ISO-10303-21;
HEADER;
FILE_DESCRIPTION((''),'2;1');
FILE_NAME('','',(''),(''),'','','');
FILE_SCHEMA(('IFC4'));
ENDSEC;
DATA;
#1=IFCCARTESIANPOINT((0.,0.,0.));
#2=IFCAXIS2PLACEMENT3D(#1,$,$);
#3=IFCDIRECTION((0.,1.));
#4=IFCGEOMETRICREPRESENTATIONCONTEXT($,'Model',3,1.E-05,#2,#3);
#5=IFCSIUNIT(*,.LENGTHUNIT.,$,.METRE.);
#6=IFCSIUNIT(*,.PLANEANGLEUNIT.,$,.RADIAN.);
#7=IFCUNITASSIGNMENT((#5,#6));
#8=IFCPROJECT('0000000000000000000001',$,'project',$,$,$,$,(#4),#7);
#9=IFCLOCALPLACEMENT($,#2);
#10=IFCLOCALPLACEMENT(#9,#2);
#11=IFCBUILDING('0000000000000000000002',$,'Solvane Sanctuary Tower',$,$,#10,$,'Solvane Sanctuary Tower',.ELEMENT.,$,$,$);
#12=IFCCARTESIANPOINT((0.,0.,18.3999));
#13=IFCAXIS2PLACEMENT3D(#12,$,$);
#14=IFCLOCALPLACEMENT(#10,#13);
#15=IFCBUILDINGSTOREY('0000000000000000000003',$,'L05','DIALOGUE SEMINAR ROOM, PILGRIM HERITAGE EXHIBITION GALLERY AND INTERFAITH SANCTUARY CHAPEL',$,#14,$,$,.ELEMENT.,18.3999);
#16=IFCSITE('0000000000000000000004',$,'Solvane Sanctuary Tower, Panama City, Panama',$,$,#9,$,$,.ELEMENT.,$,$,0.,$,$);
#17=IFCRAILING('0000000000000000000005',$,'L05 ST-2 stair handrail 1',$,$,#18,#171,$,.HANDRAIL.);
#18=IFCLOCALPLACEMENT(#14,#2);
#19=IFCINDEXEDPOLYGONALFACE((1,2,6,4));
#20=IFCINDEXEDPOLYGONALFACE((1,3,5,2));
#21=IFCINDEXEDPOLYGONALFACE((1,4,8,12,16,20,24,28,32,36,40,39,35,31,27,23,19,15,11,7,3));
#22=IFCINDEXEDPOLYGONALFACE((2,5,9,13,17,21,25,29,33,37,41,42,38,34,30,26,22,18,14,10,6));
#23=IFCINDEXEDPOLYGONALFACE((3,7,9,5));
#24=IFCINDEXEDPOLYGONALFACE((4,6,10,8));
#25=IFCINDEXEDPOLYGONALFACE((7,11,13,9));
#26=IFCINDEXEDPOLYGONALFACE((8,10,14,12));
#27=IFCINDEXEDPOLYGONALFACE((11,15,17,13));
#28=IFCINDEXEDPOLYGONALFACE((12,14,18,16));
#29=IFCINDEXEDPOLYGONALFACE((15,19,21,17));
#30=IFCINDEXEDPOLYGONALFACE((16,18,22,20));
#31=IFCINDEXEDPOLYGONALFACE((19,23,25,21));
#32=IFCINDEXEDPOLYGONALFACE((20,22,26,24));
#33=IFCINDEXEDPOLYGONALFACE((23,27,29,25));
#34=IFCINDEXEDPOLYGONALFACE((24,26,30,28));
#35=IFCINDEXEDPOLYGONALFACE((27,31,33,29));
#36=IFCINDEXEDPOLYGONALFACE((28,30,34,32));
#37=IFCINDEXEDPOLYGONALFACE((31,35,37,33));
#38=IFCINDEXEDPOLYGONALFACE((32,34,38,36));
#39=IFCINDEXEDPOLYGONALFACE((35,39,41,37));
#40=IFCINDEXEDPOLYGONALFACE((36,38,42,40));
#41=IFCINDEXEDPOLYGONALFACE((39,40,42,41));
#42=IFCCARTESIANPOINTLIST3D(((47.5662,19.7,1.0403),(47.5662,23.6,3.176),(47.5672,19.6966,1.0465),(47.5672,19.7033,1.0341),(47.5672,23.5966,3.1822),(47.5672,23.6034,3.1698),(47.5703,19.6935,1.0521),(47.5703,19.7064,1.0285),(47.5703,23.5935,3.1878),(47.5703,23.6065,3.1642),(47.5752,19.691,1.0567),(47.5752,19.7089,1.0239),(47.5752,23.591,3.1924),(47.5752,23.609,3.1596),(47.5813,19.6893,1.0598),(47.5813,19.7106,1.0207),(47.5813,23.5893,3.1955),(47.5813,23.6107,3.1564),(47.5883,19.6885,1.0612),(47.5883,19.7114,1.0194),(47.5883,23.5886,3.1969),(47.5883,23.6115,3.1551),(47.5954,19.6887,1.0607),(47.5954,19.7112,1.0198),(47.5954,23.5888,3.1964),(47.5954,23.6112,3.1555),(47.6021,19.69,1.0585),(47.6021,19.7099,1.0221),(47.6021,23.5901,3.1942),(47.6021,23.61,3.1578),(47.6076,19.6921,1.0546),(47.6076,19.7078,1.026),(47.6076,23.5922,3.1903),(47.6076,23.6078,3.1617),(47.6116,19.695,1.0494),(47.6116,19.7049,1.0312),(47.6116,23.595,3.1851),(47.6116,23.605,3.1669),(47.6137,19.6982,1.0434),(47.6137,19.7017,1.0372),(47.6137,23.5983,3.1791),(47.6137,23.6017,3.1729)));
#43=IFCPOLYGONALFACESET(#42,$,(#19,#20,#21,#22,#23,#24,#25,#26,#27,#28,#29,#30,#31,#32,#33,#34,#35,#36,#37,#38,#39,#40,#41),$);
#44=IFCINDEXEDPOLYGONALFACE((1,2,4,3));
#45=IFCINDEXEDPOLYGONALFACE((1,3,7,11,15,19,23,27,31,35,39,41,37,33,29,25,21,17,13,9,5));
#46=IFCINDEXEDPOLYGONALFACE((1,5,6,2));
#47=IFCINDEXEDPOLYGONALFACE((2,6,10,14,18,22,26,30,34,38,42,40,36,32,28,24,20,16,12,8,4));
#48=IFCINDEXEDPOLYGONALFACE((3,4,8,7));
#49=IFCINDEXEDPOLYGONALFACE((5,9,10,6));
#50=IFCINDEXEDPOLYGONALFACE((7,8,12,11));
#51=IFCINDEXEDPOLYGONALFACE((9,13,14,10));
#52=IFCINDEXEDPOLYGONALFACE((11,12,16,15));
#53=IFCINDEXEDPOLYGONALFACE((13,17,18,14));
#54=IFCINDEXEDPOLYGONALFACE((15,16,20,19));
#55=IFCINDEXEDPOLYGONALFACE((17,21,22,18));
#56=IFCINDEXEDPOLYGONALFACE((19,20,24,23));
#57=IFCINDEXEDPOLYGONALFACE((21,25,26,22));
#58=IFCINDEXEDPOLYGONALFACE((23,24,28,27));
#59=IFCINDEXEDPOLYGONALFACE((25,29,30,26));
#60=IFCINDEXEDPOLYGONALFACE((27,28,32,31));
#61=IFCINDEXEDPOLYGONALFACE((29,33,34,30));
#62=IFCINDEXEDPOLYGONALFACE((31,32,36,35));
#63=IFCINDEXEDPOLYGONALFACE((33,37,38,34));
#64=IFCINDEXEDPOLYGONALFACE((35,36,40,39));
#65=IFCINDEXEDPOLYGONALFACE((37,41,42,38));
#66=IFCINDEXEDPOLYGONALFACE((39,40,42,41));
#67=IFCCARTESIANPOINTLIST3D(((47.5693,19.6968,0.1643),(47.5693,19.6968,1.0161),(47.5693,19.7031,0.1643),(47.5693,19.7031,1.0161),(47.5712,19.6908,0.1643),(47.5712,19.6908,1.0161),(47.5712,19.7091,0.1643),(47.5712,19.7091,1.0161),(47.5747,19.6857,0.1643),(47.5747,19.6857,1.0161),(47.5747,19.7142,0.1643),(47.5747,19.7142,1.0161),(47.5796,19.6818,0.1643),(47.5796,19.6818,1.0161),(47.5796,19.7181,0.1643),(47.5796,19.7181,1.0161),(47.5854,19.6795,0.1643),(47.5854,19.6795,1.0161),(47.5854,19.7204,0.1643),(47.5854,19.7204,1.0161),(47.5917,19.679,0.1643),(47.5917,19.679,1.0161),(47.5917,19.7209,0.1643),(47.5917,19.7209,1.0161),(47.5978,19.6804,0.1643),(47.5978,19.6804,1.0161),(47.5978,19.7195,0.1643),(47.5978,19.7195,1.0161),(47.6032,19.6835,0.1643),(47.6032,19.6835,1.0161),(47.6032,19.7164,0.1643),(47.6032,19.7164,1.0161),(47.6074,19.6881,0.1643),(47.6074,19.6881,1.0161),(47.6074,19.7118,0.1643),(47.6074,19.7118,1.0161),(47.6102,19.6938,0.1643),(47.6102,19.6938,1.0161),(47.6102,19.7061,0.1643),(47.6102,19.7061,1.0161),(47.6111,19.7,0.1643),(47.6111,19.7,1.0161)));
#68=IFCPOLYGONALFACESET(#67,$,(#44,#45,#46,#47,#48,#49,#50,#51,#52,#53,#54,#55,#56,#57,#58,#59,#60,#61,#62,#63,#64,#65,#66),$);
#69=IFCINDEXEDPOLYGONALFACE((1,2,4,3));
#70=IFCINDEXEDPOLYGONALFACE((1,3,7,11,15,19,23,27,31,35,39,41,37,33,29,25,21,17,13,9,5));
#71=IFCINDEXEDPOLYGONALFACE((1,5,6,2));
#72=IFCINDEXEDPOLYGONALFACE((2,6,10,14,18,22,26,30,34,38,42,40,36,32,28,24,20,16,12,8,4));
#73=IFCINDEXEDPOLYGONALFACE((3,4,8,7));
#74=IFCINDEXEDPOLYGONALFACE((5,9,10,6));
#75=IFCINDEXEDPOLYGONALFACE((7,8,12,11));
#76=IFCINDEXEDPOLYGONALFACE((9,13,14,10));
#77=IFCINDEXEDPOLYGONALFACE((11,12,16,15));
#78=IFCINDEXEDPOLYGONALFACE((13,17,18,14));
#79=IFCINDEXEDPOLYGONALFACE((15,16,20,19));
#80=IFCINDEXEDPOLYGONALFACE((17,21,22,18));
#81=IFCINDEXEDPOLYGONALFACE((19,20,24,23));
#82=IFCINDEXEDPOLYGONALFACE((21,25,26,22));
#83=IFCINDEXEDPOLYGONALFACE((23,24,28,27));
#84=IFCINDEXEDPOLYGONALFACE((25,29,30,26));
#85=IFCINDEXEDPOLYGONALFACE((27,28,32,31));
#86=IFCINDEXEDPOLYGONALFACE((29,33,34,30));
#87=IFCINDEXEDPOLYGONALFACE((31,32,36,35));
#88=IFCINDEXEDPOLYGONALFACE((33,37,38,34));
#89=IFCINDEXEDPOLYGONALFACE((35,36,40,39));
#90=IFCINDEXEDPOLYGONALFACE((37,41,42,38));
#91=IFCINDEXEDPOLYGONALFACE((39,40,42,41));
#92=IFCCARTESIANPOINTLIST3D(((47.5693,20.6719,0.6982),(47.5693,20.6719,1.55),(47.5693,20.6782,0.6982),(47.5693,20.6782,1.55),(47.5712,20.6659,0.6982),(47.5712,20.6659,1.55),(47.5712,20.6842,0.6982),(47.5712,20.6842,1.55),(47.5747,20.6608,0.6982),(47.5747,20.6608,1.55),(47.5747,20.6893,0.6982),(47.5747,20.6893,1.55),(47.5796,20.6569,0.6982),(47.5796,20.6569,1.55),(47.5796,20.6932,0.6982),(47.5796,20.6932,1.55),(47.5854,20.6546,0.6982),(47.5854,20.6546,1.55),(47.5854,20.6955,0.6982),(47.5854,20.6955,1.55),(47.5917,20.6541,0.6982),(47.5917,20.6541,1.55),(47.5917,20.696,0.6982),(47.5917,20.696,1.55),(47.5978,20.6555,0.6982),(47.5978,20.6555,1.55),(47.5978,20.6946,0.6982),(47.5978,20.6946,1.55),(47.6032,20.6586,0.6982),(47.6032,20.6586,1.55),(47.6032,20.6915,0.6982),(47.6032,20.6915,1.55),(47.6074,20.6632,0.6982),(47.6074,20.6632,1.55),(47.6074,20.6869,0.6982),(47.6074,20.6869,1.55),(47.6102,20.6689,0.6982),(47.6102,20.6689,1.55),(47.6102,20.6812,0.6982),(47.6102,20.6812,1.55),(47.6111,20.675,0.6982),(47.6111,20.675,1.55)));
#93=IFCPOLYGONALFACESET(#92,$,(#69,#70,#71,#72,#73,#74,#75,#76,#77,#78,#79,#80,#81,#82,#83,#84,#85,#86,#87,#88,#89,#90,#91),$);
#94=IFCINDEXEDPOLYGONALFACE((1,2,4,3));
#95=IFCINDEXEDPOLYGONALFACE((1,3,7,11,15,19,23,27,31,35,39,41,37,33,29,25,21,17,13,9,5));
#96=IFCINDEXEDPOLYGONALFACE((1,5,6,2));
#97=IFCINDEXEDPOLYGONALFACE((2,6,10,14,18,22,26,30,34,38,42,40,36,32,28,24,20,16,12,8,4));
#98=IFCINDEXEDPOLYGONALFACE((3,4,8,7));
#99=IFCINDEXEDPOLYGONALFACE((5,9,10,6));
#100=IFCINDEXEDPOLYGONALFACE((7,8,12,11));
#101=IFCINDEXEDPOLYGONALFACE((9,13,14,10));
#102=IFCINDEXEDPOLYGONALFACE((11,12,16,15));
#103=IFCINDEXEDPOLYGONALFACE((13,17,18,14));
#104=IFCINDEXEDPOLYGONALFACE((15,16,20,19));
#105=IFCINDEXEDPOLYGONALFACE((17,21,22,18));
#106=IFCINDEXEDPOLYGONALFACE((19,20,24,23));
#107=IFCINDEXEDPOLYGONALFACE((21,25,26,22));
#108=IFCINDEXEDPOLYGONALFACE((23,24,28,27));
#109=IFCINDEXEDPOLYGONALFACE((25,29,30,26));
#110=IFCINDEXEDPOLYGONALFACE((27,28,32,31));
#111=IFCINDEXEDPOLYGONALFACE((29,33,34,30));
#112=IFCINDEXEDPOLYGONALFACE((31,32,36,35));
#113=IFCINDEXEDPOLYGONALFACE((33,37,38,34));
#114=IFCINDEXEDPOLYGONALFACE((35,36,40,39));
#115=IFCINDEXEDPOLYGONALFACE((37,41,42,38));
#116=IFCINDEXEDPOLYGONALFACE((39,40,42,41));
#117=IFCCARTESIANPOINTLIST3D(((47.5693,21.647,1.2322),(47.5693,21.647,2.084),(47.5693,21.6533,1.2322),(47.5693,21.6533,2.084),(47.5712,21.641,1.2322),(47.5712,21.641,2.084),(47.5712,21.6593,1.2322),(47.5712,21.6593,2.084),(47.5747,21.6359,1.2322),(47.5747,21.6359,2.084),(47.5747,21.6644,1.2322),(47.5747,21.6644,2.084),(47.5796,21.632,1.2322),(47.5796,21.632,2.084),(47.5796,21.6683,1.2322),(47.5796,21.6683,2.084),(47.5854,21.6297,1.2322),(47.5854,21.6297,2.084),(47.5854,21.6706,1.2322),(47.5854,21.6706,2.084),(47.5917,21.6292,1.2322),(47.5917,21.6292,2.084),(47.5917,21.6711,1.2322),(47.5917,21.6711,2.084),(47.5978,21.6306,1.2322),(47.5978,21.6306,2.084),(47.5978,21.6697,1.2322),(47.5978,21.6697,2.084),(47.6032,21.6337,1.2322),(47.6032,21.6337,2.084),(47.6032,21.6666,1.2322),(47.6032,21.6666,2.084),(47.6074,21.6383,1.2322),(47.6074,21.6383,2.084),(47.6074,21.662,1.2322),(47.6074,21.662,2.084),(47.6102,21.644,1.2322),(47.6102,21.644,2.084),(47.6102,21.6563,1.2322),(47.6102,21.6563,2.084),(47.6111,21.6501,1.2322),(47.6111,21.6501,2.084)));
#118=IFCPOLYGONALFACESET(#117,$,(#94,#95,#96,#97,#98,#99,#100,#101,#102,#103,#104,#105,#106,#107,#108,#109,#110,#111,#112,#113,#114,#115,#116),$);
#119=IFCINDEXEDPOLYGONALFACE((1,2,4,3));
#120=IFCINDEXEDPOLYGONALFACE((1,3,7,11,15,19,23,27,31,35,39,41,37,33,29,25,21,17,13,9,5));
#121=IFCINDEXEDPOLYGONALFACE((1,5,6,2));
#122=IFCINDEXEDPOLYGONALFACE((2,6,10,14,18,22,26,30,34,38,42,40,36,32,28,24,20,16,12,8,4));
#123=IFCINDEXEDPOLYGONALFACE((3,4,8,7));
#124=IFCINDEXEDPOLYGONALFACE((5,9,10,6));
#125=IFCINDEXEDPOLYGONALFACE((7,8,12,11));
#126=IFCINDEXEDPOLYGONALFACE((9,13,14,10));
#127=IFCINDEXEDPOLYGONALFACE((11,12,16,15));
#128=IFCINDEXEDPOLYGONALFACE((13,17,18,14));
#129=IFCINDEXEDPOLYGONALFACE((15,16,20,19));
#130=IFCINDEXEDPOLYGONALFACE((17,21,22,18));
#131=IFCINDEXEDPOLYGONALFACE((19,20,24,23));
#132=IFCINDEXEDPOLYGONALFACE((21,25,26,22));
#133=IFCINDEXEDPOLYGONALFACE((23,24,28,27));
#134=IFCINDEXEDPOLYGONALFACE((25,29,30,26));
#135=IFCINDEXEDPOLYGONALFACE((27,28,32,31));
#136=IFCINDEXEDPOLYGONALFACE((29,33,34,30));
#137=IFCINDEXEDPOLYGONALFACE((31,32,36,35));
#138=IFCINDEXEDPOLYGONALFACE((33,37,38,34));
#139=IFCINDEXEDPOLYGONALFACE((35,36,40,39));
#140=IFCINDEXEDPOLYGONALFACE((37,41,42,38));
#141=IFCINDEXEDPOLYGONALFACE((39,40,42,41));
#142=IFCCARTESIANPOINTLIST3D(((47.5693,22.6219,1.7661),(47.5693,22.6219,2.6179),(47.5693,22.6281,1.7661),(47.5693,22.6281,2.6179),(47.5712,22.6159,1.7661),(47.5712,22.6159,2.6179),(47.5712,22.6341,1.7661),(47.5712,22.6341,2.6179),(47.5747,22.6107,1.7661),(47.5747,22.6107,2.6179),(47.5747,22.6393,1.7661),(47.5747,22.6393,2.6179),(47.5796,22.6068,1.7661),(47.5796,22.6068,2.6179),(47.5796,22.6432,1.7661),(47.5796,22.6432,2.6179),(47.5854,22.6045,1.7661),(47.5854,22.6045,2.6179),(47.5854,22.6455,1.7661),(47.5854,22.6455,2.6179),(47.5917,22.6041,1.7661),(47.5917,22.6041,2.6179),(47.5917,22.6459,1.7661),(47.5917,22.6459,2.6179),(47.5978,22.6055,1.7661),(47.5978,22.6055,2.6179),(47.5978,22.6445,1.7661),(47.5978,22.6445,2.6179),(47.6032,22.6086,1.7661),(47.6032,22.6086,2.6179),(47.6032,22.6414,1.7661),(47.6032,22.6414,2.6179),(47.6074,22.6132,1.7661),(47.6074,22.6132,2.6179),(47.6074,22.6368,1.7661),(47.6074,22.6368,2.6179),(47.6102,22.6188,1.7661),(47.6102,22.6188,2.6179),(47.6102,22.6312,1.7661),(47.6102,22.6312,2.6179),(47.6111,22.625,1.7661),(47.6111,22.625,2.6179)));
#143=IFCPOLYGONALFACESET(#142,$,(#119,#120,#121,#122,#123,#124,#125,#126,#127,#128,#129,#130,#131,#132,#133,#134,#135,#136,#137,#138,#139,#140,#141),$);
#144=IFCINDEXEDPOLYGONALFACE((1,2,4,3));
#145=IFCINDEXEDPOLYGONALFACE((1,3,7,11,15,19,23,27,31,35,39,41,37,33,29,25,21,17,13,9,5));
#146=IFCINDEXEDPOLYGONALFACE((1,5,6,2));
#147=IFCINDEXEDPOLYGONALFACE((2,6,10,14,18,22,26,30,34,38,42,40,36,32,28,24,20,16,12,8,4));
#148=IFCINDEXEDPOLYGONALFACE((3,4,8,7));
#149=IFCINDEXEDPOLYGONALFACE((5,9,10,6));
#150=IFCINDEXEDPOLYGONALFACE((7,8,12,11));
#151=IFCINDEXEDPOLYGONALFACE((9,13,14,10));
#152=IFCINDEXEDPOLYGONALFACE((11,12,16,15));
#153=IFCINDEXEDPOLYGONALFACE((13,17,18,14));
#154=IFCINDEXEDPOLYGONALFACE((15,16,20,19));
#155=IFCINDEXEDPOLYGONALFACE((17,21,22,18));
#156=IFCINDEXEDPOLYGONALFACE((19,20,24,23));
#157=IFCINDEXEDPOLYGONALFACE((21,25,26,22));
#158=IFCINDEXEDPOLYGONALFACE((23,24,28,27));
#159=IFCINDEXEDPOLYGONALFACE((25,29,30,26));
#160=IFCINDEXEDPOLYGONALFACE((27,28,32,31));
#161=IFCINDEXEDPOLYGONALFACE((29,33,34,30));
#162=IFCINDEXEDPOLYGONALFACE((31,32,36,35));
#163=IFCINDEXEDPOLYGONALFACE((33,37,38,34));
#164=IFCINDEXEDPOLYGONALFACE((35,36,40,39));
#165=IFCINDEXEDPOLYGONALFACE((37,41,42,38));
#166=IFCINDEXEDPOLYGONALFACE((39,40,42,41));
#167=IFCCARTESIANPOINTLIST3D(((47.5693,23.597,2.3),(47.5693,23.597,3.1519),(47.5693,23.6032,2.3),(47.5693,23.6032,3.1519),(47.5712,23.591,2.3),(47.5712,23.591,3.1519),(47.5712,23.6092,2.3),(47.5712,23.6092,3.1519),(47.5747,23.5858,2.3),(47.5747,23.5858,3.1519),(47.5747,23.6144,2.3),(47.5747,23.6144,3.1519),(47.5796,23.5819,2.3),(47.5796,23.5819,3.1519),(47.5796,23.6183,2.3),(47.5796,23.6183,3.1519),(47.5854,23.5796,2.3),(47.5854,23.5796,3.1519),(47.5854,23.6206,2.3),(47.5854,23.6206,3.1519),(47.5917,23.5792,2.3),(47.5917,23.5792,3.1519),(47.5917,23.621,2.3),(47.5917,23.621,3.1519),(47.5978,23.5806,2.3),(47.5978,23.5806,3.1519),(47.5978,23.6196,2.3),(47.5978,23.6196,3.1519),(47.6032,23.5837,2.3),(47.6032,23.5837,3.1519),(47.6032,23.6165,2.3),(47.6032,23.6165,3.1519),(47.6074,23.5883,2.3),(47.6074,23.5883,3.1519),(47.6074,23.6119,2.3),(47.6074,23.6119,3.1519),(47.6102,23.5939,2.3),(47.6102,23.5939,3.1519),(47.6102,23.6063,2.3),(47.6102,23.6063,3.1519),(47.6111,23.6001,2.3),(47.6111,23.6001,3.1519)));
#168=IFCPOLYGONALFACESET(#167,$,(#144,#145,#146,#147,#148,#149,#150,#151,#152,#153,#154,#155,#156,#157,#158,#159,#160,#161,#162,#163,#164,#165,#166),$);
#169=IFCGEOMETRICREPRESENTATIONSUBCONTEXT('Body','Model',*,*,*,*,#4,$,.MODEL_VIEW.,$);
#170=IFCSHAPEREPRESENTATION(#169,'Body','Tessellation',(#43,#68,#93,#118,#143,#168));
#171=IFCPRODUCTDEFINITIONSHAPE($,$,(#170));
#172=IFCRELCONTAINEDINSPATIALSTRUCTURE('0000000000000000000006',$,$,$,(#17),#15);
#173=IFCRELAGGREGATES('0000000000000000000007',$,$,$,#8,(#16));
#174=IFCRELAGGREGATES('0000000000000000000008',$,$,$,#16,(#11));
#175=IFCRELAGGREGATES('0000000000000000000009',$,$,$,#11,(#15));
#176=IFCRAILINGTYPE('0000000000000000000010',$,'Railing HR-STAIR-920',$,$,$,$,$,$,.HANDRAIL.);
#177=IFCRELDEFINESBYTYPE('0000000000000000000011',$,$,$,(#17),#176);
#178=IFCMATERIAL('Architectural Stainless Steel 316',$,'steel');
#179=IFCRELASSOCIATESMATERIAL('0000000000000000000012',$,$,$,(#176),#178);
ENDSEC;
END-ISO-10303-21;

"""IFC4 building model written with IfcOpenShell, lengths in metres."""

from ifc_helpers import new_model, si_unit, direction, frame, origin, origin_2d, place, context, subcontext, project, spatial, circle, extrude, material, type_object, element, save


model = new_model("IFC4")

# Units and contexts
model_context = context("Model", 3, precision=1e-05, world=origin(), true_north=direction((0.0, 1.0)))
body_context = subcontext(model_context, "Body", "Model", "MODEL_VIEW")
ifc_project = project(units=[si_unit("LENGTHUNIT", "METRE"), si_unit("PLANEANGLEUNIT", "RADIAN")], contexts=[model_context])

# Site, building, storey
site_placement = place(None, origin())
site = spatial("IfcSite", under=ifc_project, at=site_placement, Name="Solvane Sanctuary Tower, Panama City, Panama", CompositionType="ELEMENT", RefElevation=0.0)
building_placement = place(site_placement, origin())
building = spatial("IfcBuilding", under=site, at=building_placement, Name="Solvane Sanctuary Tower", LongName="Solvane Sanctuary Tower", CompositionType="ELEMENT")
storey_placement = place(building_placement, frame((0.0, 0.0, 18.3999)))
storey = spatial("IfcBuildingStorey", under=building, at=storey_placement, Name="L05", Description="DIALOGUE SEMINAR ROOM, PILGRIM HERITAGE EXHIBITION GALLERY AND INTERFAITH SANCTUARY CHAPEL", CompositionType="ELEMENT", Elevation=18.3999)

# Railing
ifc_material_1 = material(Name="Architectural Stainless Steel 316", Category="steel")
railing_type_1 = type_object("IfcRailingType", Name="Railing HR-STAIR-920", PredefinedType="HANDRAIL", material=ifc_material_1)
railing_1_placement = place(storey_placement, frame((47.5901, 19.7, 0.1643)))
element("IfcRailing", 1, at=railing_1_placement, inside=storey, type_object=railing_type_1, Name="L05 ST-2 stair handrail 1", PredefinedType="HANDRAIL", context=body_context, shape_type="SweptSolid", body=[
    extrude(circle(Radius=0.0239, at=origin_2d()), frame((0.0, 0.0, 0.876), z_axis=(0.0, 0.877101, 0.480306), x_axis=(-1.0, 0.0, 0.0)), (0.0, 0.0, 1.0), 4.4465),
    extrude(circle(Radius=0.021, at=origin_2d()), origin(), (0.0, 0.0, 1.0), 0.8518),
    extrude(circle(Radius=0.021, at=origin_2d()), frame((0.0, 0.9751, 0.5339)), (0.0, 0.0, 1.0), 0.8518),
    extrude(circle(Radius=0.021, at=origin_2d()), frame((0.0, 1.9502, 1.0679)), (0.0, 0.0, 1.0), 0.8518),
    extrude(circle(Radius=0.021, at=origin_2d()), frame((0.0, 2.925, 1.6018)), (0.0, 0.0, 1.0), 0.8518),
    extrude(circle(Radius=0.021, at=origin_2d()), frame((0.0, 3.9001, 2.1357)), (0.0, 0.0, 1.0), 0.8518),
])

save(model, "model.ifc")
